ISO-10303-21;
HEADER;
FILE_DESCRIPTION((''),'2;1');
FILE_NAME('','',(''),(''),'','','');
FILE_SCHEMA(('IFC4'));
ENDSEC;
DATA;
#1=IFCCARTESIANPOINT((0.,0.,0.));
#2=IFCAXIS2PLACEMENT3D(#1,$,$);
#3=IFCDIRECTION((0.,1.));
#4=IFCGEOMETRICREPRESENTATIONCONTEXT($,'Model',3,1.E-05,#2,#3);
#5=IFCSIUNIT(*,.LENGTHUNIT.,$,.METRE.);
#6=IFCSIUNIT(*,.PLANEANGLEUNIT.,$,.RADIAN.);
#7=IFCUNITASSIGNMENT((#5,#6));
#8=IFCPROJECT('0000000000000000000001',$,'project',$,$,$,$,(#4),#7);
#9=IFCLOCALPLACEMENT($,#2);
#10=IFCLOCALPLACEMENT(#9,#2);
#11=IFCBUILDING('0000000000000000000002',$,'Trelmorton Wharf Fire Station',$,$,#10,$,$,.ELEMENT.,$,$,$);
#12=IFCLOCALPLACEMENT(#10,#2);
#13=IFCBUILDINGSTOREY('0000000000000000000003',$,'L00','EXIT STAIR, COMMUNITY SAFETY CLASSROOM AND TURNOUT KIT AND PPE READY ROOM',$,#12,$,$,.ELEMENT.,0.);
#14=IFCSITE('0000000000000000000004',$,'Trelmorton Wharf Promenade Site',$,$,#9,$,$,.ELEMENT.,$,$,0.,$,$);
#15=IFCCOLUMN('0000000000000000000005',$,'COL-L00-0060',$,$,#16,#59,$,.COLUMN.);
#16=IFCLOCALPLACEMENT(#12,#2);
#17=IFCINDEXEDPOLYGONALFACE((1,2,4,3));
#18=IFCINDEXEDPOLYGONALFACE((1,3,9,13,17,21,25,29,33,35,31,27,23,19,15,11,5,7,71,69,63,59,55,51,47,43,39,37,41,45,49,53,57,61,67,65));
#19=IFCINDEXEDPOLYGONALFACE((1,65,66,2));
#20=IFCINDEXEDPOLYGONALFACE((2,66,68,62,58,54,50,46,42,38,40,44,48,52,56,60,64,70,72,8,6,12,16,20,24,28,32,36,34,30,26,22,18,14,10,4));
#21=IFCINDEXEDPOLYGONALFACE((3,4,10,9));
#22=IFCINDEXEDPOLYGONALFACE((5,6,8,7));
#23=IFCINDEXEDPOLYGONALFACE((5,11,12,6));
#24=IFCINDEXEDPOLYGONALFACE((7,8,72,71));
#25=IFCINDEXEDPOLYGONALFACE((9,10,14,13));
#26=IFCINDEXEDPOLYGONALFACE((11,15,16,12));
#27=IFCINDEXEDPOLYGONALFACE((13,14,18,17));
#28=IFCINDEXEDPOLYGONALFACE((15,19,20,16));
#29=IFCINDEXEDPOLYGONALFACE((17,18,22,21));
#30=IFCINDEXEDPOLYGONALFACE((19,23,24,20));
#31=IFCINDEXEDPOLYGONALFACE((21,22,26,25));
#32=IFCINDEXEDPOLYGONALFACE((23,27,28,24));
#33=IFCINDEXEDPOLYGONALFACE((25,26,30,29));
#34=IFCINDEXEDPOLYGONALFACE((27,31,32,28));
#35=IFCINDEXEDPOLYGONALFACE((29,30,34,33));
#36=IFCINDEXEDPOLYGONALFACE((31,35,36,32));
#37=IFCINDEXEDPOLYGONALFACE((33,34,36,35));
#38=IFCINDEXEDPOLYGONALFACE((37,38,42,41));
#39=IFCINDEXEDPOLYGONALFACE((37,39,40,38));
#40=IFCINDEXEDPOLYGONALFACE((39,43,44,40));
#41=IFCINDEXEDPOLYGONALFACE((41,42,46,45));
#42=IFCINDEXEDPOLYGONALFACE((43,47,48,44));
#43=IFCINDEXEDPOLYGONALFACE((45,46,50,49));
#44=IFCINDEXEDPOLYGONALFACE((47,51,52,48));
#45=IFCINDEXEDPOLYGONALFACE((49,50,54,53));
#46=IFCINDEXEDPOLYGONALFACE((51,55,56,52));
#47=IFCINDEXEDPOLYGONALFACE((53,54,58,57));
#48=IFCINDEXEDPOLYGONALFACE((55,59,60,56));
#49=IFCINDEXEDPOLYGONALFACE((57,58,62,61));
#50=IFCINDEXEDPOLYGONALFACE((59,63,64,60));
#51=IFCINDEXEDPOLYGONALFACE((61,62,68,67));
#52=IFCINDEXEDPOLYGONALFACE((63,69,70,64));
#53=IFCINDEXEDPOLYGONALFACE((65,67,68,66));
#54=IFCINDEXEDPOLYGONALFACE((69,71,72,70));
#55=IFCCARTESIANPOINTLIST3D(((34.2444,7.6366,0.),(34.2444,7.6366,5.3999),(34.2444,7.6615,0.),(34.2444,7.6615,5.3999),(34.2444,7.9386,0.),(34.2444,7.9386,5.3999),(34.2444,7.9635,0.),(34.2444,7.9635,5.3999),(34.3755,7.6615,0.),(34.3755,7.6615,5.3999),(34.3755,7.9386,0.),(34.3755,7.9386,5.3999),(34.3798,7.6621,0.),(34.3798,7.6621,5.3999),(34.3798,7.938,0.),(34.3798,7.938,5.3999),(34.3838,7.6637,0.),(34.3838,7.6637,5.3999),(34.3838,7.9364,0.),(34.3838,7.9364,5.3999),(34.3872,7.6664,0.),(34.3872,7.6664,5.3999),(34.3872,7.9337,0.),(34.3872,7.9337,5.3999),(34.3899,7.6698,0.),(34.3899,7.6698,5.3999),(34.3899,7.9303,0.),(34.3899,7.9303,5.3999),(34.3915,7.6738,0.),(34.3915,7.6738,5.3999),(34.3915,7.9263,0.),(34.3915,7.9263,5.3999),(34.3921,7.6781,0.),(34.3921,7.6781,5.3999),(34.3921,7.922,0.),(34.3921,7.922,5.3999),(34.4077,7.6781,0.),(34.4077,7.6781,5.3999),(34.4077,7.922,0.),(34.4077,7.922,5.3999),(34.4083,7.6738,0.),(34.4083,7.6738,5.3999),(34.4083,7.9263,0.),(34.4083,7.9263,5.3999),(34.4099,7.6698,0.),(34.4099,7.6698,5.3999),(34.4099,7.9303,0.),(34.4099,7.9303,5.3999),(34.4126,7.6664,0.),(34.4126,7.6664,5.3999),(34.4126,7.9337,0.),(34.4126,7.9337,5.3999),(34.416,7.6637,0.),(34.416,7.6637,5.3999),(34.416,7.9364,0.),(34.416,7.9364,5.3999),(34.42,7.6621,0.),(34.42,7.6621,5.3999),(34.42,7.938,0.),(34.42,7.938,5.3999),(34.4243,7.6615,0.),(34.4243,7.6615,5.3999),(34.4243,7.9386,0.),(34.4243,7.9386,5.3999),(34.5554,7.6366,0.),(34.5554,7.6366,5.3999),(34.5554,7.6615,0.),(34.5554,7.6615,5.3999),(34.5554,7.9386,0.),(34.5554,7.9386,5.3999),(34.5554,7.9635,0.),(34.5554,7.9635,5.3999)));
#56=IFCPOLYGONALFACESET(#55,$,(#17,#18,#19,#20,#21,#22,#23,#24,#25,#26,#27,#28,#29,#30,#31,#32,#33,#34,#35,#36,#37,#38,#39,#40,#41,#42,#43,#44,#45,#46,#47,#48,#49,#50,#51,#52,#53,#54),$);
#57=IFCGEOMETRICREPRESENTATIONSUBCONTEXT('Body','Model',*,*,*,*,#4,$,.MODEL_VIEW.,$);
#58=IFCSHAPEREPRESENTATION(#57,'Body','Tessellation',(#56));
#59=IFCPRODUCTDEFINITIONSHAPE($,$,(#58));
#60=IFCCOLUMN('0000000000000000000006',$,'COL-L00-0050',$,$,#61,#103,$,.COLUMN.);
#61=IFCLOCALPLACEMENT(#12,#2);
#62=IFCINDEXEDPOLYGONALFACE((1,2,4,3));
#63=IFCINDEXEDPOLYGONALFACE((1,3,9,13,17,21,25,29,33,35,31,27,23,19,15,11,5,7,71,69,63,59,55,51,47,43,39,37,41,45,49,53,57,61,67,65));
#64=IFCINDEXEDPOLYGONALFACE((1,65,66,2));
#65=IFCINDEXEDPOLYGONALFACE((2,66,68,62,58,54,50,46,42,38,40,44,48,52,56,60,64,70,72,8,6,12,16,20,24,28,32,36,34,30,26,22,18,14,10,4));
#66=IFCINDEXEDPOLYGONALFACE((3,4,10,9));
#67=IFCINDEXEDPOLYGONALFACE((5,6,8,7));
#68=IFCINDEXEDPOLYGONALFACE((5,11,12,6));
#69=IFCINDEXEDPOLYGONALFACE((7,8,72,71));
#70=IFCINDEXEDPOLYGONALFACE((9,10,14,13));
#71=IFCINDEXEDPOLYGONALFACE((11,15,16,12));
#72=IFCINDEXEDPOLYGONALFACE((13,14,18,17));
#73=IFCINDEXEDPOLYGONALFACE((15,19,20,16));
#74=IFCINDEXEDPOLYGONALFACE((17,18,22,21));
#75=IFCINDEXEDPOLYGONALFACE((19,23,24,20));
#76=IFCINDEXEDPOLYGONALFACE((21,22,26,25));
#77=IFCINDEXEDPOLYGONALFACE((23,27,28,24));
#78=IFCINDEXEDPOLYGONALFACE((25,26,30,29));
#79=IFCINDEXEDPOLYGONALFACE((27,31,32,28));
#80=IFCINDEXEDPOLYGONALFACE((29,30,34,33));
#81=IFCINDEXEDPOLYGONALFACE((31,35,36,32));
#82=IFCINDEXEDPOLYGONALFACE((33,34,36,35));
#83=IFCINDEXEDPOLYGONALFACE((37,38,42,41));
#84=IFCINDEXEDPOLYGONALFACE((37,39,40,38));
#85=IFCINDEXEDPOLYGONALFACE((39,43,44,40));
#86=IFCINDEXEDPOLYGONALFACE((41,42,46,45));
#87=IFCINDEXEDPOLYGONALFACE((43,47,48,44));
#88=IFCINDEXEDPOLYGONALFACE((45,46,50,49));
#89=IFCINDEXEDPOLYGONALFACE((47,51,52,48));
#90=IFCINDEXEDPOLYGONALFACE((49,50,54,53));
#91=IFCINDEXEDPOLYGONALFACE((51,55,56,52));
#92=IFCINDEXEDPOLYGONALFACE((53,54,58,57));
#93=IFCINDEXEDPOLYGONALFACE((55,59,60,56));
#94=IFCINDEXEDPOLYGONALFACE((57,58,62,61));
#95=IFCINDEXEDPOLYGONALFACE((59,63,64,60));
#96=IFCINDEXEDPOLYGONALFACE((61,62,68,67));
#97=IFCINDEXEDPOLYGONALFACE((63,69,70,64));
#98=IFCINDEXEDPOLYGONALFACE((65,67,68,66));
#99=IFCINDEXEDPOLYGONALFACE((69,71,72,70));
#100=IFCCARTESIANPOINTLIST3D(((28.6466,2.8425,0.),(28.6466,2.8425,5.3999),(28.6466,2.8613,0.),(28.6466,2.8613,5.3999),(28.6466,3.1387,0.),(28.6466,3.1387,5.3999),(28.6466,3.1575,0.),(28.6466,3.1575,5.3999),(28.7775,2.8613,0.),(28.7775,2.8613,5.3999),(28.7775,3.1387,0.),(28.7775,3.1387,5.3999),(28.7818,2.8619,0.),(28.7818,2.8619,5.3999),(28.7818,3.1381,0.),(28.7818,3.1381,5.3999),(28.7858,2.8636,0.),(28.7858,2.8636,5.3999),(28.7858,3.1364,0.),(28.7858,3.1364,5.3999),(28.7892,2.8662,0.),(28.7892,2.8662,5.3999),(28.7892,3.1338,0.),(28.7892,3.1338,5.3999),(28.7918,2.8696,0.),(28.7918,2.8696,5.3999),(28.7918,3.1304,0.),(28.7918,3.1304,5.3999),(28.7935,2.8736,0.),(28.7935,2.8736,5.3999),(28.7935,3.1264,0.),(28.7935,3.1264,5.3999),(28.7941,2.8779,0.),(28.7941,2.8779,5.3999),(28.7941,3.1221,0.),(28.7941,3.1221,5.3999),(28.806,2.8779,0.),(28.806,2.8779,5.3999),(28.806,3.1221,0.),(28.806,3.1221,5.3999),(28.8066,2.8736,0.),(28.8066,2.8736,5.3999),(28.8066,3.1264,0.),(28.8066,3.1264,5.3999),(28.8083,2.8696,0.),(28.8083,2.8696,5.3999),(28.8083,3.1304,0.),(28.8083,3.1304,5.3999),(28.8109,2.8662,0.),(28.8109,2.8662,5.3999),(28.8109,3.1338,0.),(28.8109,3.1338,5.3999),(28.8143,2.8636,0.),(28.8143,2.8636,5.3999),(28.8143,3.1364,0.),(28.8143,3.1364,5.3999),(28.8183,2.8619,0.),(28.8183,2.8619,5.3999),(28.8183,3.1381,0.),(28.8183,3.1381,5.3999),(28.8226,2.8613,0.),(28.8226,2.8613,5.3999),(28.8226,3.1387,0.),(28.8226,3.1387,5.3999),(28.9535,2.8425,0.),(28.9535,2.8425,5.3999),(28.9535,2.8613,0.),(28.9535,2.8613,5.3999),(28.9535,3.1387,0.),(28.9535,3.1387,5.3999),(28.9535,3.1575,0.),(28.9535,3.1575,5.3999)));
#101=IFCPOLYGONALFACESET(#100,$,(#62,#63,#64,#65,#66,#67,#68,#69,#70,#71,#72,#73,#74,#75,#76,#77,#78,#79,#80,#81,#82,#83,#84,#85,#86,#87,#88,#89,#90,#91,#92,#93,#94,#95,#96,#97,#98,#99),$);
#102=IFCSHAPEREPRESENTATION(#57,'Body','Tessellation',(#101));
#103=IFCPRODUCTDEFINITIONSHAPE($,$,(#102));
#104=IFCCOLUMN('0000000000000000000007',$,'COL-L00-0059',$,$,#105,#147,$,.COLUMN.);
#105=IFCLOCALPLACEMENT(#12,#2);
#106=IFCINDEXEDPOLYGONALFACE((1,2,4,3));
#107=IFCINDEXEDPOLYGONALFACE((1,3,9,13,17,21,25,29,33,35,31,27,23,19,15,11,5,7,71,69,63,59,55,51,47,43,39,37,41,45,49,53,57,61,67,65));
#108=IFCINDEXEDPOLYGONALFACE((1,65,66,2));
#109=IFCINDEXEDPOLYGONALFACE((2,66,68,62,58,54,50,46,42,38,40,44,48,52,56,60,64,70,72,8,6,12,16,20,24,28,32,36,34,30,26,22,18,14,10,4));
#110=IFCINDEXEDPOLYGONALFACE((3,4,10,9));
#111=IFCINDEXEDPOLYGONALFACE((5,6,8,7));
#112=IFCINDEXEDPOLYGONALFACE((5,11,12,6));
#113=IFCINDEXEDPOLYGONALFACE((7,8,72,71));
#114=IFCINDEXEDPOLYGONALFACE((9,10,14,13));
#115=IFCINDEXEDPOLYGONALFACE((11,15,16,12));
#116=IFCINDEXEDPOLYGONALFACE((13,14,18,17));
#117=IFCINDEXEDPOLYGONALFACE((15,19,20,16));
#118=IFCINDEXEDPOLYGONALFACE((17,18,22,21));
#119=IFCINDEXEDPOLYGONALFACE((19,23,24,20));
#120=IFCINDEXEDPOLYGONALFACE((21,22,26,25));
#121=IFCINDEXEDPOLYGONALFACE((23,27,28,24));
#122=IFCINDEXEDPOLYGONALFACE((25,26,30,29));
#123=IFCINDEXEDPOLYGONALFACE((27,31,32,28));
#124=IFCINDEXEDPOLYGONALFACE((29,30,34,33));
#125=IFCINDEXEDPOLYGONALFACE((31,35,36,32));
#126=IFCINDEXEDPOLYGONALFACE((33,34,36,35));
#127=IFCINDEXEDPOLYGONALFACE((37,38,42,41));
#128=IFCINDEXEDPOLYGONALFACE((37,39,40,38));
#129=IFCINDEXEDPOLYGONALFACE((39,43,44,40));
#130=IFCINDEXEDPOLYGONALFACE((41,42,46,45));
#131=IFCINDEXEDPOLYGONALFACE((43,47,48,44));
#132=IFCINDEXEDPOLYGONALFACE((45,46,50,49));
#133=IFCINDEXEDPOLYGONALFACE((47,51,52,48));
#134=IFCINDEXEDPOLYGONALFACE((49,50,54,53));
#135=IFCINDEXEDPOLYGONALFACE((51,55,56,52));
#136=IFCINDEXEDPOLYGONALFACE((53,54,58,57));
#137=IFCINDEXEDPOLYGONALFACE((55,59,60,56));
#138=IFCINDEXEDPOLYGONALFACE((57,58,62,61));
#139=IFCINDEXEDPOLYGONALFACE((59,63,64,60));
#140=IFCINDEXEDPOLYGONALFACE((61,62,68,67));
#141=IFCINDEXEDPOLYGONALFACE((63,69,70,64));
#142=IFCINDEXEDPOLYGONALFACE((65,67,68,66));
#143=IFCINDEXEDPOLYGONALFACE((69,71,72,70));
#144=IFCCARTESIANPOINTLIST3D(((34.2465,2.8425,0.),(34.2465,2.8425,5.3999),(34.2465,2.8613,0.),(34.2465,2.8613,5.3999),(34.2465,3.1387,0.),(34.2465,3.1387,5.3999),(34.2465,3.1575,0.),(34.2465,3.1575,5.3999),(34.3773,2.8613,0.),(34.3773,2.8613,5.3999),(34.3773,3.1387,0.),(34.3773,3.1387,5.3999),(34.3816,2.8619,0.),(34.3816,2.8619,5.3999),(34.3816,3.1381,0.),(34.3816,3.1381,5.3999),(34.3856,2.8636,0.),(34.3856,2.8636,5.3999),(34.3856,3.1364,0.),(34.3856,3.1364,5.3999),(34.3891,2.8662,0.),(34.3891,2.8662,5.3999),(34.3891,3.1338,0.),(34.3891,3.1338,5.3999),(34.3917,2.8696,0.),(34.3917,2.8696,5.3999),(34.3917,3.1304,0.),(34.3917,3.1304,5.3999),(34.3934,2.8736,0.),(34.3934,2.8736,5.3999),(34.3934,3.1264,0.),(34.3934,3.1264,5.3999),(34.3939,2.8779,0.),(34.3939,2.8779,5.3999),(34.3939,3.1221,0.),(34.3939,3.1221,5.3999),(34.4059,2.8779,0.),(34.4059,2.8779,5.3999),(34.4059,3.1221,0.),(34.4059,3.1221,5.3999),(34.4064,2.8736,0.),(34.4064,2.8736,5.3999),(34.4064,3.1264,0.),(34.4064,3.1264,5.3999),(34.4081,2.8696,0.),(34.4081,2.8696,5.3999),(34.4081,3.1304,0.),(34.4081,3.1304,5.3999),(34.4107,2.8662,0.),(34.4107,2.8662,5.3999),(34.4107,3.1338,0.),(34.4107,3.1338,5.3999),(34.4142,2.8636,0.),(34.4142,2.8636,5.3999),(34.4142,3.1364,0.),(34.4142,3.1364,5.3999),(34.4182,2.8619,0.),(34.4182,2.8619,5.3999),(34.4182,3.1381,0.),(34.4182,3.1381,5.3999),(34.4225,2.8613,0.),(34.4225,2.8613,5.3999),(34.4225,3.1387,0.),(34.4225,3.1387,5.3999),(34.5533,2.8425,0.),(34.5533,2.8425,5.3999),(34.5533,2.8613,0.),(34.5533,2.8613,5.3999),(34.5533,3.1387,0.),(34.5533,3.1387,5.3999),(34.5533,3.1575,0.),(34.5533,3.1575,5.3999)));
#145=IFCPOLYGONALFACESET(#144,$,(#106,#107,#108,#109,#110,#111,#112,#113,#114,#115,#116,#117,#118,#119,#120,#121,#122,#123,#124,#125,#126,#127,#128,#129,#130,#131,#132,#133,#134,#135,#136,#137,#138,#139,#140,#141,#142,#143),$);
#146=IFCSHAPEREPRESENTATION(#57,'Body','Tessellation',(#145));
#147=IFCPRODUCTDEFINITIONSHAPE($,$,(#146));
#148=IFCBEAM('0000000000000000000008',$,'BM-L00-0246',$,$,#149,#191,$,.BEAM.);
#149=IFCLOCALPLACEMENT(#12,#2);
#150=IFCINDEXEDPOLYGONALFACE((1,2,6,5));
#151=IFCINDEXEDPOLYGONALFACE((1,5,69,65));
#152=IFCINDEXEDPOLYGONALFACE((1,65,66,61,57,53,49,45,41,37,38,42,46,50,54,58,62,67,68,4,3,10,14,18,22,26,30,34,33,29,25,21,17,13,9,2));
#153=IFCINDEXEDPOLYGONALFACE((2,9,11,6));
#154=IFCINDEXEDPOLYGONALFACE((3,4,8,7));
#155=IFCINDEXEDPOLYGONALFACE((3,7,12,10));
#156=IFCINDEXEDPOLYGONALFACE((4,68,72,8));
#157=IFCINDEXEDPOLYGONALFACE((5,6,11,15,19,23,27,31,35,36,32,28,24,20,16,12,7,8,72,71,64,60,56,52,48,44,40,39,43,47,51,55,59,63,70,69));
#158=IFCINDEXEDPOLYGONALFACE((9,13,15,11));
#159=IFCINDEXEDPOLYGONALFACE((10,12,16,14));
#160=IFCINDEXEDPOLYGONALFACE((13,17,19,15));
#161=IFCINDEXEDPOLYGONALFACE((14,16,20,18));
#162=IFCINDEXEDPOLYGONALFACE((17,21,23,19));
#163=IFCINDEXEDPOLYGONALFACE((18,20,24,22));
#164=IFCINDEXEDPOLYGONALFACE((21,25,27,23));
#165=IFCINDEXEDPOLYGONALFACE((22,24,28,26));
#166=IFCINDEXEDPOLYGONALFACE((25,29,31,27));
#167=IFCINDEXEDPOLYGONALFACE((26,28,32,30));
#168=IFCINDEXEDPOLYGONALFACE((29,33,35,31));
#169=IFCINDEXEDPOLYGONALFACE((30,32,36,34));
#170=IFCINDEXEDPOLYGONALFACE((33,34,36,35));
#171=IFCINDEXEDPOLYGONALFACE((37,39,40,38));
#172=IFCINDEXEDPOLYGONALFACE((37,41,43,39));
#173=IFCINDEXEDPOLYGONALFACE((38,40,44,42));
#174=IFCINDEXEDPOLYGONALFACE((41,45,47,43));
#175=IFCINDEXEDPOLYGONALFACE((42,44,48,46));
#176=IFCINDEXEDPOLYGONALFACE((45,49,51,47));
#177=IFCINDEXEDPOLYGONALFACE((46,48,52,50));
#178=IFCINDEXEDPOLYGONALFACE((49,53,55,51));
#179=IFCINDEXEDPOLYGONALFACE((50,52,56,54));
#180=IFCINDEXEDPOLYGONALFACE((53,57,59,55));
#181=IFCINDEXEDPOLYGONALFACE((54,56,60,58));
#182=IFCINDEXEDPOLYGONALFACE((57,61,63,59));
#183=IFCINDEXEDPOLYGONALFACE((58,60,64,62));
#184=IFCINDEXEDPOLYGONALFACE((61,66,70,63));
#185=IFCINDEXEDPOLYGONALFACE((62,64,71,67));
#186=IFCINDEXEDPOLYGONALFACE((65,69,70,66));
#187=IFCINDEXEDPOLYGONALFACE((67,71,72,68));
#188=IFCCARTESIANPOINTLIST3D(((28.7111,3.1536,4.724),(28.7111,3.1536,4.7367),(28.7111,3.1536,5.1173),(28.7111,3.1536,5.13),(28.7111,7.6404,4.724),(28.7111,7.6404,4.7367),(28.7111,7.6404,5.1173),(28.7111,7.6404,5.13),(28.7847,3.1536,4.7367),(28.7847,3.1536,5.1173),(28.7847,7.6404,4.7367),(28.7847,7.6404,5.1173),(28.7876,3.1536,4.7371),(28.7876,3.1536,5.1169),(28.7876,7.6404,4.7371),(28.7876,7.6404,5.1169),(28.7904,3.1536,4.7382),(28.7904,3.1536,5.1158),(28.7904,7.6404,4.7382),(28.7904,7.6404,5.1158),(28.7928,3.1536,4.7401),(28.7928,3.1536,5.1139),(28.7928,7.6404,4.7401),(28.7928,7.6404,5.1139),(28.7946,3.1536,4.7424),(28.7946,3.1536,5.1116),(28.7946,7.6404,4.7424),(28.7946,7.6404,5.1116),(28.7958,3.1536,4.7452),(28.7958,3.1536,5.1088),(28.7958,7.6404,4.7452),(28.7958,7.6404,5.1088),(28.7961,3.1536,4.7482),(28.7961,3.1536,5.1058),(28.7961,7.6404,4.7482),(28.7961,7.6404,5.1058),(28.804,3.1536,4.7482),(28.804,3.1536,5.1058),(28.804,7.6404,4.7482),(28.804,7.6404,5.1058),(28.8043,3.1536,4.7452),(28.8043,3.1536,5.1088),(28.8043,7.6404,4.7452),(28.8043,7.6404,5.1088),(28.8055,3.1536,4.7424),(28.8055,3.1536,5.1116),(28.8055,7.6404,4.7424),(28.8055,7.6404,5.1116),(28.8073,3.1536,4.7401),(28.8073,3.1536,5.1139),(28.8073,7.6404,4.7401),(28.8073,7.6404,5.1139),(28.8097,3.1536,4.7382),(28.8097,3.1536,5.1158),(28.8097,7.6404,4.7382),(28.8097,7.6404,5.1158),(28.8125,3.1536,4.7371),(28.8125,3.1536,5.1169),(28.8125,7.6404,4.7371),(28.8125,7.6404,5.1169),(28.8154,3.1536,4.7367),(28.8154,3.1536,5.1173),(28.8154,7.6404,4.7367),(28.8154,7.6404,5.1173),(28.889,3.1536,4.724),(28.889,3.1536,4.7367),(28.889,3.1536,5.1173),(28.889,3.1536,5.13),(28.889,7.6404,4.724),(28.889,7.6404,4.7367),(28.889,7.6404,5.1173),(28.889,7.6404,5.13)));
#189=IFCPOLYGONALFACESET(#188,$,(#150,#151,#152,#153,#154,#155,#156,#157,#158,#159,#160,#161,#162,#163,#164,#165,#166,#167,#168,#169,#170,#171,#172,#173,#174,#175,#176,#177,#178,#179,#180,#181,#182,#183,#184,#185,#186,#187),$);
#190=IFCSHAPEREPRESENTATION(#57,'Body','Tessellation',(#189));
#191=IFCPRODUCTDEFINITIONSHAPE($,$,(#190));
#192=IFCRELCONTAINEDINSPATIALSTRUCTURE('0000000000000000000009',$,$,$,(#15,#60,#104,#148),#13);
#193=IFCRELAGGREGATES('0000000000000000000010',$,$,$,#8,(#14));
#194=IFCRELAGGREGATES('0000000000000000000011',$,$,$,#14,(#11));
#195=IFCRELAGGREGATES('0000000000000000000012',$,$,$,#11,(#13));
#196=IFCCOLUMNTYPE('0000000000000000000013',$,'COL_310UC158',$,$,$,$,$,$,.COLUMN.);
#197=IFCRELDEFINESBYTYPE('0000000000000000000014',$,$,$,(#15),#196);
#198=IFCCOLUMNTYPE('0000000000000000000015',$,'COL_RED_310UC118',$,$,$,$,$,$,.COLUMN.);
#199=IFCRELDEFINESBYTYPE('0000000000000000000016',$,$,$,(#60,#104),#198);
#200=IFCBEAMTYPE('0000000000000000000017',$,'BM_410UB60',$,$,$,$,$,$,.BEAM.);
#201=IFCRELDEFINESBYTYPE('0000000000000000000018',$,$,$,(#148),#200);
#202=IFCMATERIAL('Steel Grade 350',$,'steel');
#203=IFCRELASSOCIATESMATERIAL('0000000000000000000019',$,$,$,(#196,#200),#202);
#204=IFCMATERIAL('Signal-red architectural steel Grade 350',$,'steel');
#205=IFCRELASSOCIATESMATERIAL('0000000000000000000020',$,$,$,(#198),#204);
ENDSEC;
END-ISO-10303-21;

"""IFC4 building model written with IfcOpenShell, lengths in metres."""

from ifc_helpers import new_model, si_unit, direction, frame, origin, origin_2d, place, context, subcontext, project, spatial, i_section, extrude, material, material_profile, profile_set, type_object, element, save


model = new_model("IFC4")

# Units and contexts
model_context = context("Model", 3, precision=1e-05, world=origin(), true_north=direction((0.0, 1.0)))
body_context = subcontext(model_context, "Body", "Model", "MODEL_VIEW")
ifc_project = project(units=[si_unit("LENGTHUNIT", "METRE"), si_unit("PLANEANGLEUNIT", "RADIAN")], contexts=[model_context])

# Site, building, storey
site_placement = place(None, origin())
site = spatial("IfcSite", under=ifc_project, at=site_placement, Name="Trelmorton Wharf Promenade Site", CompositionType="ELEMENT", RefElevation=0.0)
building_placement = place(site_placement, origin())
building = spatial("IfcBuilding", under=site, at=building_placement, Name="Trelmorton Wharf Fire Station", CompositionType="ELEMENT")
storey_placement = place(building_placement, origin())
storey = spatial("IfcBuildingStorey", under=building, at=storey_placement, Name="L00", Description="EXIT STAIR, COMMUNITY SAFETY CLASSROOM AND TURNOUT KIT AND PPE READY ROOM", CompositionType="ELEMENT", Elevation=0.0)

# Columns
ifc_material_1 = material(Name="Steel Grade 350", Category="steel")
ifc_material_profile_1 = material_profile(ifc_material_1, i_section(OverallWidth=0.311, OverallDepth=0.3269, WebThickness=0.0156, FlangeThickness=0.0249, FilletRadius=0.0166, at=origin_2d()), Name="310UC158")
ifc_profile_set_1 = profile_set([ifc_material_profile_1], Name="Steel Grade 350")
column_type_1 = type_object("IfcColumnType", Name="COL_310UC158", PredefinedType="COLUMN", material=ifc_profile_set_1)
for number, where, z_axis, x_axis, name in (
    (1, (34.3999, 7.8, 0.0), (0.0, 0.0, 1.0), (1.0, 0.0, 0.0), "COL-L00-0060"),
):
    element("IfcColumn", number, at=place(storey_placement, frame(where, z_axis=z_axis, x_axis=x_axis)), inside=storey, type_object=column_type_1, Name=name, PredefinedType="COLUMN", context=body_context, shape_type="SweptSolid", body=[
        extrude(i_section(OverallWidth=0.311, OverallDepth=0.3269, WebThickness=0.0156, FlangeThickness=0.0249, FilletRadius=0.0166, at=origin_2d()), origin(), (0.0, 0.0, 1.0), 5.3999),
    ])
ifc_material_2 = material(Name="Signal-red architectural steel Grade 350", Category="steel")
ifc_material_profile_2 = material_profile(ifc_material_2, i_section(OverallWidth=0.3069, OverallDepth=0.3149, WebThickness=0.012, FlangeThickness=0.0188, FilletRadius=0.0166, at=origin_2d()), Name="310UC118")
ifc_profile_set_2 = profile_set([ifc_material_profile_2], Name="Signal-red architectural steel Grade 350")
column_type_2 = type_object("IfcColumnType", Name="COL_RED_310UC118", PredefinedType="COLUMN", material=ifc_profile_set_2)
for number, where, z_axis, x_axis, name in (
    (2, (28.8, 3.0, 0.0), (0.0, 0.0, 1.0), (1.0, 0.0, 0.0), "COL-L00-0050"),
    (3, (34.3999, 3.0, 0.0), (0.0, 0.0, 1.0), (1.0, 0.0, 0.0), "COL-L00-0059"),
):
    element("IfcColumn", number, at=place(storey_placement, frame(where, z_axis=z_axis, x_axis=x_axis)), inside=storey, type_object=column_type_2, Name=name, PredefinedType="COLUMN", context=body_context, shape_type="SweptSolid", body=[
        extrude(i_section(OverallWidth=0.3069, OverallDepth=0.3149, WebThickness=0.012, FlangeThickness=0.0188, FilletRadius=0.0166, at=origin_2d()), origin(), (0.0, 0.0, 1.0), 5.3999),
    ])

# Beam
ifc_material_profile_3 = material_profile(ifc_material_1, i_section(OverallWidth=0.178, OverallDepth=0.406, WebThickness=0.0078, FlangeThickness=0.0127, FilletRadius=0.0115, at=origin_2d()), Name="410UB59.7")
ifc_profile_set_3 = profile_set([ifc_material_profile_3], Name="Steel Grade 350")
beam_type_1 = type_object("IfcBeamType", Name="BM_410UB60", PredefinedType="BEAM", material=ifc_profile_set_3)
for number, where, z_axis, x_axis, name in (
    (4, (28.8, 3.1536, 4.927), (0.0, 1.0, 0.0), (-1.0, 0.0, 0.0), "BM-L00-0246"),
):
    element("IfcBeam", number, at=place(storey_placement, frame(where, z_axis=z_axis, x_axis=x_axis)), inside=storey, type_object=beam_type_1, Name=name, PredefinedType="BEAM", context=body_context, shape_type="SweptSolid", body=[
        extrude(i_section(OverallWidth=0.178, OverallDepth=0.406, WebThickness=0.0078, FlangeThickness=0.0127, FilletRadius=0.0115, at=origin_2d()), origin(), (0.0, 0.0, 1.0), 4.4868),
    ])

save(model, "model.ifc")
